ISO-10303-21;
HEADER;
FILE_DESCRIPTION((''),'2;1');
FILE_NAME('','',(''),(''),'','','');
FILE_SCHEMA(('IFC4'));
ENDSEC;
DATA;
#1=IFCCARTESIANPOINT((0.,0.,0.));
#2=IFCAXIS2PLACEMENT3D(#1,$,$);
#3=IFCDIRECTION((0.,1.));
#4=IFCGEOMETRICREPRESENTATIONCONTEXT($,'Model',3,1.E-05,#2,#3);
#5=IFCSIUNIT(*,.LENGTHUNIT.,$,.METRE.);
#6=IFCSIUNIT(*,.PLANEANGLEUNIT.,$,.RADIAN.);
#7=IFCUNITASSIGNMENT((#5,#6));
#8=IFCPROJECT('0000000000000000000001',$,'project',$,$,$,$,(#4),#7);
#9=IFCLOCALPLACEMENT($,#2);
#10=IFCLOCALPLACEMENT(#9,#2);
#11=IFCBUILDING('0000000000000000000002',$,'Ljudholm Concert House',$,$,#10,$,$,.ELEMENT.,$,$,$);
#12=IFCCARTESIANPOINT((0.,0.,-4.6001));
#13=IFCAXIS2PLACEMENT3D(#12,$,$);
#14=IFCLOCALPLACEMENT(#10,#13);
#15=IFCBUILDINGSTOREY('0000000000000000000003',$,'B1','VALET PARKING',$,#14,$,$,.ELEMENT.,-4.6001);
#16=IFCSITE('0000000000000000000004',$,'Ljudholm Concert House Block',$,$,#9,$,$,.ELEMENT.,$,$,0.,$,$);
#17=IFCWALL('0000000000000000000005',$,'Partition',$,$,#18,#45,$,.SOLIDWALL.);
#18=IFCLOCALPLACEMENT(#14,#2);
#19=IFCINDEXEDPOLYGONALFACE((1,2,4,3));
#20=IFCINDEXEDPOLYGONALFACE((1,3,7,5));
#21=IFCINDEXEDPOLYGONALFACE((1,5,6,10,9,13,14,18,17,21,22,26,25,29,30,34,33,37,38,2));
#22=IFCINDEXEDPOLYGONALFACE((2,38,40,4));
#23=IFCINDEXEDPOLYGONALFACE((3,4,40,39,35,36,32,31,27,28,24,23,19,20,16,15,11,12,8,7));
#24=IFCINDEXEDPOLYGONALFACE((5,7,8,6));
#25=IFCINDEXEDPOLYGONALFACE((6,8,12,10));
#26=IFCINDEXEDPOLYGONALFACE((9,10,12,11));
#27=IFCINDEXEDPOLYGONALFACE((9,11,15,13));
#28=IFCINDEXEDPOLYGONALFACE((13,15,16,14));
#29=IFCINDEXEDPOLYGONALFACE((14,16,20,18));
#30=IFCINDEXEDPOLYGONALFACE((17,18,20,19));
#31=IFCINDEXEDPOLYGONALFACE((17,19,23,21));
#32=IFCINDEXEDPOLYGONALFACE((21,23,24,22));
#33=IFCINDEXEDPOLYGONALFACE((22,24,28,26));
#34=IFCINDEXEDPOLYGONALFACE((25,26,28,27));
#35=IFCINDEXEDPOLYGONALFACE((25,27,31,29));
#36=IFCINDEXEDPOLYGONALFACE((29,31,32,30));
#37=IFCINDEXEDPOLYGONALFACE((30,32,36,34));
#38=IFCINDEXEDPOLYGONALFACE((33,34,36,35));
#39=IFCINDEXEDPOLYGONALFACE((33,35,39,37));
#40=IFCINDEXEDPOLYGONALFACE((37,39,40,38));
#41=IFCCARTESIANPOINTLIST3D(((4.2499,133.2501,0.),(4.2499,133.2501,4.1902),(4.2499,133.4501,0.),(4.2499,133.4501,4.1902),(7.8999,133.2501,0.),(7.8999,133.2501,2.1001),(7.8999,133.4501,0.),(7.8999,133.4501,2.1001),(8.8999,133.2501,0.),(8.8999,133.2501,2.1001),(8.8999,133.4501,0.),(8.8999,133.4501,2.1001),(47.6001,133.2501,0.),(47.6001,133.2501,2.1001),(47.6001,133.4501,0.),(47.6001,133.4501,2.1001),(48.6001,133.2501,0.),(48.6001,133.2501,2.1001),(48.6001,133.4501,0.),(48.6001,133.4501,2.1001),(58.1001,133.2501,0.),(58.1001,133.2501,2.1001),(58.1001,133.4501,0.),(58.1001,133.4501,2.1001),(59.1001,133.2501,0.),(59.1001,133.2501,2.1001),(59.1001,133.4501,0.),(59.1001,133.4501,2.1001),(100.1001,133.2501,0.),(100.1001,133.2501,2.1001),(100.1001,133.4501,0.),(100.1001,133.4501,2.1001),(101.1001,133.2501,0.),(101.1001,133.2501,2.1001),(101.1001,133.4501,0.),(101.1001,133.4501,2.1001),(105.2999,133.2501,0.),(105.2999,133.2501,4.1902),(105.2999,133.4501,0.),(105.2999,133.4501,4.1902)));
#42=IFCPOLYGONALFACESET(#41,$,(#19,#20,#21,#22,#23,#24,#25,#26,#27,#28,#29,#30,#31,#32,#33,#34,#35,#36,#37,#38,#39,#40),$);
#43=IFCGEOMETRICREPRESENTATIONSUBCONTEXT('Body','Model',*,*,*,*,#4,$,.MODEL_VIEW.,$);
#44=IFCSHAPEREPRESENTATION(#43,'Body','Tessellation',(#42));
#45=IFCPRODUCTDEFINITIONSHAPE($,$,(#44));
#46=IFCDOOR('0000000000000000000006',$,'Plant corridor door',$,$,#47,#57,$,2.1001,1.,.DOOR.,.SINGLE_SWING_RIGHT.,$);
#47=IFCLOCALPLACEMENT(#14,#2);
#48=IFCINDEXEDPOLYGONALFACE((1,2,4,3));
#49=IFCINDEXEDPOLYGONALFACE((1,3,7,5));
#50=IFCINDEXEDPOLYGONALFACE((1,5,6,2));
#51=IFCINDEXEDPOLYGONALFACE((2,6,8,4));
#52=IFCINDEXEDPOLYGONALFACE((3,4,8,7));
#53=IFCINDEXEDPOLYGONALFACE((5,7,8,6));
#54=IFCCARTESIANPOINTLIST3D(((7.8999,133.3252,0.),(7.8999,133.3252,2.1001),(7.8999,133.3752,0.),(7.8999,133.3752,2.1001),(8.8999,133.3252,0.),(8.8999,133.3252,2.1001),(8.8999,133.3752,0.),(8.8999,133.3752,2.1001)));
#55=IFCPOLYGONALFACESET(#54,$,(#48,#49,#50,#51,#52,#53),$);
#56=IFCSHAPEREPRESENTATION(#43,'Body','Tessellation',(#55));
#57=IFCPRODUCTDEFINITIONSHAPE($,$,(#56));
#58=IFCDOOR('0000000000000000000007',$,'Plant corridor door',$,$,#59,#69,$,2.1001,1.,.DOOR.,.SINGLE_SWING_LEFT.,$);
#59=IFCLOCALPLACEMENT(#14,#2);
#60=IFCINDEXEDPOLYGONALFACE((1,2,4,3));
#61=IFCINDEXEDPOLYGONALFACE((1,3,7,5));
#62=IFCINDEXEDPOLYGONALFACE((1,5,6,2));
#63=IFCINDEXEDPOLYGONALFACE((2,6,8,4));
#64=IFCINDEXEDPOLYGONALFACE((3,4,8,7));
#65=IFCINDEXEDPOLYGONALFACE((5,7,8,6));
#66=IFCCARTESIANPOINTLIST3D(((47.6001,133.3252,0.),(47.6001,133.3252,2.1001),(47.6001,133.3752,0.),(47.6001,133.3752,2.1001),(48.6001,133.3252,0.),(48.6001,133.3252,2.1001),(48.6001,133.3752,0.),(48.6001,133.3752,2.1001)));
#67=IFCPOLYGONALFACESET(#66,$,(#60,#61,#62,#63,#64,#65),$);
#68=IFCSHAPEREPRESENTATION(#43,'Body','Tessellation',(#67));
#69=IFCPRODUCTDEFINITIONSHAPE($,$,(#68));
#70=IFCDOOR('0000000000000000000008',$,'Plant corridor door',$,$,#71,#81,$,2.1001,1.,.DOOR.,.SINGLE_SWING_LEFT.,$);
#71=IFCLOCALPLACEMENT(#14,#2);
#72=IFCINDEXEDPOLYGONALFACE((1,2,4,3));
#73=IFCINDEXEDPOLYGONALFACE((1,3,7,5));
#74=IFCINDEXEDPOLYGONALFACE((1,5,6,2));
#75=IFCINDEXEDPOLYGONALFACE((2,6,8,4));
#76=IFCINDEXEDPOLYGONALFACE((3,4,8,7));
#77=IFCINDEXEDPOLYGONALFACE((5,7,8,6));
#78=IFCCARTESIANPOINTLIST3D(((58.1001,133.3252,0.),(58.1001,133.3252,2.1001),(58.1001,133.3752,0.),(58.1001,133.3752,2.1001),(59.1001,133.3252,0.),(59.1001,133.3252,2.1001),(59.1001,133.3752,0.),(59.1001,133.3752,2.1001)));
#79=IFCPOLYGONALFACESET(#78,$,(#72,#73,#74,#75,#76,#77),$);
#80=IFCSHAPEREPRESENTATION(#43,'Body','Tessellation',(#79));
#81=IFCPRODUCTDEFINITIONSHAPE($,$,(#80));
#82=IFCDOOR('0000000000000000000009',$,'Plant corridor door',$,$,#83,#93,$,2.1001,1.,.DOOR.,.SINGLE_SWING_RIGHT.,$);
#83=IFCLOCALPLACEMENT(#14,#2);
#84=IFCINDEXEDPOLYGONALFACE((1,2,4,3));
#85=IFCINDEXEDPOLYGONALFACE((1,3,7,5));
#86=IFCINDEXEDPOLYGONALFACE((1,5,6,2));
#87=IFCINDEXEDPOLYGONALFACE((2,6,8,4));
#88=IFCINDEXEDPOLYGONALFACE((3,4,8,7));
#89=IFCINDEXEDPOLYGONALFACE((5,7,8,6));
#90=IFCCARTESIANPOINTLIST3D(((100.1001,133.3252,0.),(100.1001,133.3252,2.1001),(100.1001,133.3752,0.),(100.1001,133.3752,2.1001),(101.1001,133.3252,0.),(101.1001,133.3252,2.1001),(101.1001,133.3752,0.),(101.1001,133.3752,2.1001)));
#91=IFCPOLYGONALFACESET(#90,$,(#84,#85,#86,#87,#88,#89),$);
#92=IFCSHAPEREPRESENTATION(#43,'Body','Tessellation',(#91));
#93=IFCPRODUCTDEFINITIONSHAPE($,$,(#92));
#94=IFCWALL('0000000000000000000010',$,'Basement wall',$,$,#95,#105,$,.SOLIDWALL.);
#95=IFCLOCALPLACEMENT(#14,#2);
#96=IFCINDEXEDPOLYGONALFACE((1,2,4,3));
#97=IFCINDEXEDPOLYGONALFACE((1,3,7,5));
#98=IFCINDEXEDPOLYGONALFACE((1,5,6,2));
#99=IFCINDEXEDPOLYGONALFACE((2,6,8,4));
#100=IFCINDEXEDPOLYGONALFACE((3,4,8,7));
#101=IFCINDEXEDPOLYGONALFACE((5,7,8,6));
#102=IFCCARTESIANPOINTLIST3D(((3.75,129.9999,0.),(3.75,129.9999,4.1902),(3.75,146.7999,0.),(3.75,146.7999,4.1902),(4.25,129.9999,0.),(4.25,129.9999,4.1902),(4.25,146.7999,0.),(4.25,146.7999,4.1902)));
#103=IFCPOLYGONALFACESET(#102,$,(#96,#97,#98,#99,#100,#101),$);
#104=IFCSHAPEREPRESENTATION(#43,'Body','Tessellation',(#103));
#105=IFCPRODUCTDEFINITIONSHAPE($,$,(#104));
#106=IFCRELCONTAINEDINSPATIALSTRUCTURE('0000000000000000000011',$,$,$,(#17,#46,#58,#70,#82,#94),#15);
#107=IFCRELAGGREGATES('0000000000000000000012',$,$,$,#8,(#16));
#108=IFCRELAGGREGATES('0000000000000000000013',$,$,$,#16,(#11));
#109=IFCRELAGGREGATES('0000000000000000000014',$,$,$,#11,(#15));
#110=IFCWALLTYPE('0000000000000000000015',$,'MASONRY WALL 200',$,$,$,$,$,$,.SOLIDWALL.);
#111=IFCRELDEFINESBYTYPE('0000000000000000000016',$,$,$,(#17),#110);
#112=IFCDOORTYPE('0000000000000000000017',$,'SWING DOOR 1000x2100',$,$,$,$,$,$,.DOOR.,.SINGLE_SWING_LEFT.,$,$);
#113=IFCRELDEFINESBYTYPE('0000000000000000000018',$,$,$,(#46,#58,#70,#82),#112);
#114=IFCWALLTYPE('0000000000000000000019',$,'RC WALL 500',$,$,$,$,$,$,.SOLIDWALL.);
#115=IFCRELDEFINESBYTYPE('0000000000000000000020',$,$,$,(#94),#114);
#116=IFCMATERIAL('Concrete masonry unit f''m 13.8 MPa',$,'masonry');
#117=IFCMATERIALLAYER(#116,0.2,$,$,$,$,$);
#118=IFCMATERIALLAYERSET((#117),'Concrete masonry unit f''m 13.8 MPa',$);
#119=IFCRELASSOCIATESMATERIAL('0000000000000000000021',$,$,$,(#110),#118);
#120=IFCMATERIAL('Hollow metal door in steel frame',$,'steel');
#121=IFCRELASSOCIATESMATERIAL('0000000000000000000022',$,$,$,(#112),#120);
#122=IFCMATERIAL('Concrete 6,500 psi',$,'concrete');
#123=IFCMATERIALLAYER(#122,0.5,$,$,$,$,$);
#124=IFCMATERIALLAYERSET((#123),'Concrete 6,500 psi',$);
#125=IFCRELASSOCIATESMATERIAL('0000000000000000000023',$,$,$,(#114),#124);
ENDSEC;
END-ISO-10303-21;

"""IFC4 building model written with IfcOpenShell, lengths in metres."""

from ifc_helpers import new_model, si_unit, direction, frame, frame_2d, origin, place, context, subcontext, project, spatial, rectangle, extrude, material, layer, layer_set, type_object, element, fill, save


model = new_model("IFC4")

# Units and contexts
model_context = context("Model", 3, precision=1e-05, world=origin(), true_north=direction((0.0, 1.0)))
body_context = subcontext(model_context, "Body", "Model", "MODEL_VIEW")
ifc_project = project(units=[si_unit("LENGTHUNIT", "METRE"), si_unit("PLANEANGLEUNIT", "RADIAN")], contexts=[model_context])

# Site, building, storey
site_placement = place(None, origin())
site = spatial("IfcSite", under=ifc_project, at=site_placement, Name="Ljudholm Concert House Block", CompositionType="ELEMENT", RefElevation=0.0)
building_placement = place(site_placement, origin())
building = spatial("IfcBuilding", under=site, at=building_placement, Name="Ljudholm Concert House", CompositionType="ELEMENT")
storey_placement = place(building_placement, frame((0.0, 0.0, -4.6001)))
storey = spatial("IfcBuildingStorey", under=building, at=storey_placement, Name="B1", Description="VALET PARKING", CompositionType="ELEMENT", Elevation=-4.6001)

# Wall, openings, doors
ifc_material_1 = material(Name="Concrete masonry unit f'm 13.8 MPa", Category="masonry")
ifc_layer_1 = layer(ifc_material_1, 0.2)
ifc_layer_set_1 = layer_set([ifc_layer_1], Name="Concrete masonry unit f'm 13.8 MPa")
wall_type_1 = type_object("IfcWallType", Name="MASONRY WALL 200", PredefinedType="SOLIDWALL", material=ifc_layer_set_1)
wall_1_placement = place(storey_placement, frame((4.25, 133.3501, 0.0), z_axis=(0.0, 0.0, 1.0), x_axis=(1.0, 0.0, 0.0)))
wall_1 = element("IfcWall", 1, at=wall_1_placement, inside=storey, type_object=wall_type_1, Name="Partition", PredefinedType="SOLIDWALL", context=body_context, shape_type="SweptSolid", body=[
    extrude(rectangle(XDim=101.05, YDim=0.2, at=frame_2d((50.5249, 0.0))), origin(), (0.0, 0.0, 1.0), 4.1902),
])
opening_1_placement = place(wall_1_placement, frame((3.6499, 0.0, 0.0)))
opening_1 = element("IfcOpeningElement", 2, at=opening_1_placement, cuts=wall_1, PredefinedType="OPENING", context=body_context, shape_type="SweptSolid", body=[
    extrude(rectangle(XDim=1.0, YDim=2.1001, at=frame_2d((0.5, 1.05))), frame((0.0, 0.1099, 0.0), z_axis=(0.0, -1.0, 0.0), x_axis=(1.0, 0.0, 0.0)), (0.0, 0.0, 1.0), 0.22),
])
opening_2_placement = place(wall_1_placement, frame((43.3501, 0.0, 0.0)))
opening_2 = element("IfcOpeningElement", 3, at=opening_2_placement, cuts=wall_1, PredefinedType="OPENING", context=body_context, shape_type="SweptSolid", body=[
    extrude(rectangle(XDim=1.0, YDim=2.1001, at=frame_2d((0.5, 1.05))), frame((0.0, 0.1099, 0.0), z_axis=(0.0, -1.0, 0.0), x_axis=(1.0, 0.0, 0.0)), (0.0, 0.0, 1.0), 0.22),
])
opening_3_placement = place(wall_1_placement, frame((53.8501, 0.0, 0.0)))
opening_3 = element("IfcOpeningElement", 4, at=opening_3_placement, cuts=wall_1, PredefinedType="OPENING", context=body_context, shape_type="SweptSolid", body=[
    extrude(rectangle(XDim=1.0, YDim=2.1001, at=frame_2d((0.5, 1.05))), frame((0.0, 0.1099, 0.0), z_axis=(0.0, -1.0, 0.0), x_axis=(1.0, 0.0, 0.0)), (0.0, 0.0, 1.0), 0.22),
])
opening_4_placement = place(wall_1_placement, frame((95.8501, 0.0, 0.0)))
opening_4 = element("IfcOpeningElement", 5, at=opening_4_placement, cuts=wall_1, PredefinedType="OPENING", context=body_context, shape_type="SweptSolid", body=[
    extrude(rectangle(XDim=1.0, YDim=2.1001, at=frame_2d((0.5, 1.05))), frame((0.0, 0.1099, 0.0), z_axis=(0.0, -1.0, 0.0), x_axis=(1.0, 0.0, 0.0)), (0.0, 0.0, 1.0), 0.22),
])
ifc_material_2 = material(Name="Hollow metal door in steel frame", Category="steel")
door_type = type_object("IfcDoorType", Name="SWING DOOR 1000x2100", OperationType="SINGLE_SWING_LEFT", PredefinedType="DOOR", material=ifc_material_2)
door_1_placement = place(opening_1_placement, frame((1.0, 0.0, 0.0), z_axis=(0.0, 0.0, 1.0), x_axis=(-1.0, 0.0, 0.0)))
door_1 = element("IfcDoor", 6, at=door_1_placement, inside=storey, type_object=door_type, Name="Plant corridor door", OperationType="SINGLE_SWING_RIGHT", OverallHeight=2.1001, OverallWidth=1.0, PredefinedType="DOOR", context=body_context, shape_type="SweptSolid", body=[
    extrude(rectangle(XDim=1.0, YDim=2.1001, at=frame_2d((0.5, 1.05))), frame((0.0, 0.0249, 0.0), z_axis=(0.0, -1.0, 0.0), x_axis=(1.0, 0.0, 0.0)), (0.0, 0.0, 1.0), 0.05),
])
fill(opening_1, door_1)
door_2_placement = place(opening_2_placement, frame((1.0, 0.0, 0.0), z_axis=(0.0, 0.0, 1.0), x_axis=(-1.0, 0.0, 0.0)))
door_2 = element("IfcDoor", 7, at=door_2_placement, inside=storey, type_object=door_type, Name="Plant corridor door", OperationType="SINGLE_SWING_LEFT", OverallHeight=2.1001, OverallWidth=1.0, PredefinedType="DOOR", context=body_context, shape_type="SweptSolid", body=[
    extrude(rectangle(XDim=1.0, YDim=2.1001, at=frame_2d((0.5, 1.05))), frame((0.0, 0.0249, 0.0), z_axis=(0.0, -1.0, 0.0), x_axis=(1.0, 0.0, 0.0)), (0.0, 0.0, 1.0), 0.05),
])
fill(opening_2, door_2)
door_3_placement = place(opening_3_placement, frame((1.0, 0.0, 0.0), z_axis=(0.0, 0.0, 1.0), x_axis=(-1.0, 0.0, 0.0)))
door_3 = element("IfcDoor", 8, at=door_3_placement, inside=storey, type_object=door_type, Name="Plant corridor door", OperationType="SINGLE_SWING_LEFT", OverallHeight=2.1001, OverallWidth=1.0, PredefinedType="DOOR", context=body_context, shape_type="SweptSolid", body=[
    extrude(rectangle(XDim=1.0, YDim=2.1001, at=frame_2d((0.5, 1.05))), frame((0.0, 0.0249, 0.0), z_axis=(0.0, -1.0, 0.0), x_axis=(1.0, 0.0, 0.0)), (0.0, 0.0, 1.0), 0.05),
])
fill(opening_3, door_3)
door_4_placement = place(opening_4_placement, frame((1.0, 0.0, 0.0), z_axis=(0.0, 0.0, 1.0), x_axis=(-1.0, 0.0, 0.0)))
door_4 = element("IfcDoor", 9, at=door_4_placement, inside=storey, type_object=door_type, Name="Plant corridor door", OperationType="SINGLE_SWING_RIGHT", OverallHeight=2.1001, OverallWidth=1.0, PredefinedType="DOOR", context=body_context, shape_type="SweptSolid", body=[
    extrude(rectangle(XDim=1.0, YDim=2.1001, at=frame_2d((0.5, 1.05))), frame((0.0, 0.0249, 0.0), z_axis=(0.0, -1.0, 0.0), x_axis=(1.0, 0.0, 0.0)), (0.0, 0.0, 1.0), 0.05),
])
fill(opening_4, door_4)

# Wall
ifc_material_3 = material(Name="Concrete 6,500 psi", Category="concrete")
ifc_layer_2 = layer(ifc_material_3, 0.5)
ifc_layer_set_2 = layer_set([ifc_layer_2], Name="Concrete 6,500 psi")
wall_type_2 = type_object("IfcWallType", Name="RC WALL 500", PredefinedType="SOLIDWALL", material=ifc_layer_set_2)
wall_2_placement = place(storey_placement, frame((4.0, 130.0, 0.0), z_axis=(0.0, 0.0, 1.0), x_axis=(0.0, 1.0, 0.0)))
element("IfcWall", 10, at=wall_2_placement, inside=storey, type_object=wall_type_2, Name="Basement wall", PredefinedType="SOLIDWALL", context=body_context, shape_type="SweptSolid", body=[
    extrude(rectangle(XDim=16.8, YDim=0.5, at=frame_2d((8.3999, 0.0))), origin(), (0.0, 0.0, 1.0), 4.1902),
])

save(model, "model.ifc")
